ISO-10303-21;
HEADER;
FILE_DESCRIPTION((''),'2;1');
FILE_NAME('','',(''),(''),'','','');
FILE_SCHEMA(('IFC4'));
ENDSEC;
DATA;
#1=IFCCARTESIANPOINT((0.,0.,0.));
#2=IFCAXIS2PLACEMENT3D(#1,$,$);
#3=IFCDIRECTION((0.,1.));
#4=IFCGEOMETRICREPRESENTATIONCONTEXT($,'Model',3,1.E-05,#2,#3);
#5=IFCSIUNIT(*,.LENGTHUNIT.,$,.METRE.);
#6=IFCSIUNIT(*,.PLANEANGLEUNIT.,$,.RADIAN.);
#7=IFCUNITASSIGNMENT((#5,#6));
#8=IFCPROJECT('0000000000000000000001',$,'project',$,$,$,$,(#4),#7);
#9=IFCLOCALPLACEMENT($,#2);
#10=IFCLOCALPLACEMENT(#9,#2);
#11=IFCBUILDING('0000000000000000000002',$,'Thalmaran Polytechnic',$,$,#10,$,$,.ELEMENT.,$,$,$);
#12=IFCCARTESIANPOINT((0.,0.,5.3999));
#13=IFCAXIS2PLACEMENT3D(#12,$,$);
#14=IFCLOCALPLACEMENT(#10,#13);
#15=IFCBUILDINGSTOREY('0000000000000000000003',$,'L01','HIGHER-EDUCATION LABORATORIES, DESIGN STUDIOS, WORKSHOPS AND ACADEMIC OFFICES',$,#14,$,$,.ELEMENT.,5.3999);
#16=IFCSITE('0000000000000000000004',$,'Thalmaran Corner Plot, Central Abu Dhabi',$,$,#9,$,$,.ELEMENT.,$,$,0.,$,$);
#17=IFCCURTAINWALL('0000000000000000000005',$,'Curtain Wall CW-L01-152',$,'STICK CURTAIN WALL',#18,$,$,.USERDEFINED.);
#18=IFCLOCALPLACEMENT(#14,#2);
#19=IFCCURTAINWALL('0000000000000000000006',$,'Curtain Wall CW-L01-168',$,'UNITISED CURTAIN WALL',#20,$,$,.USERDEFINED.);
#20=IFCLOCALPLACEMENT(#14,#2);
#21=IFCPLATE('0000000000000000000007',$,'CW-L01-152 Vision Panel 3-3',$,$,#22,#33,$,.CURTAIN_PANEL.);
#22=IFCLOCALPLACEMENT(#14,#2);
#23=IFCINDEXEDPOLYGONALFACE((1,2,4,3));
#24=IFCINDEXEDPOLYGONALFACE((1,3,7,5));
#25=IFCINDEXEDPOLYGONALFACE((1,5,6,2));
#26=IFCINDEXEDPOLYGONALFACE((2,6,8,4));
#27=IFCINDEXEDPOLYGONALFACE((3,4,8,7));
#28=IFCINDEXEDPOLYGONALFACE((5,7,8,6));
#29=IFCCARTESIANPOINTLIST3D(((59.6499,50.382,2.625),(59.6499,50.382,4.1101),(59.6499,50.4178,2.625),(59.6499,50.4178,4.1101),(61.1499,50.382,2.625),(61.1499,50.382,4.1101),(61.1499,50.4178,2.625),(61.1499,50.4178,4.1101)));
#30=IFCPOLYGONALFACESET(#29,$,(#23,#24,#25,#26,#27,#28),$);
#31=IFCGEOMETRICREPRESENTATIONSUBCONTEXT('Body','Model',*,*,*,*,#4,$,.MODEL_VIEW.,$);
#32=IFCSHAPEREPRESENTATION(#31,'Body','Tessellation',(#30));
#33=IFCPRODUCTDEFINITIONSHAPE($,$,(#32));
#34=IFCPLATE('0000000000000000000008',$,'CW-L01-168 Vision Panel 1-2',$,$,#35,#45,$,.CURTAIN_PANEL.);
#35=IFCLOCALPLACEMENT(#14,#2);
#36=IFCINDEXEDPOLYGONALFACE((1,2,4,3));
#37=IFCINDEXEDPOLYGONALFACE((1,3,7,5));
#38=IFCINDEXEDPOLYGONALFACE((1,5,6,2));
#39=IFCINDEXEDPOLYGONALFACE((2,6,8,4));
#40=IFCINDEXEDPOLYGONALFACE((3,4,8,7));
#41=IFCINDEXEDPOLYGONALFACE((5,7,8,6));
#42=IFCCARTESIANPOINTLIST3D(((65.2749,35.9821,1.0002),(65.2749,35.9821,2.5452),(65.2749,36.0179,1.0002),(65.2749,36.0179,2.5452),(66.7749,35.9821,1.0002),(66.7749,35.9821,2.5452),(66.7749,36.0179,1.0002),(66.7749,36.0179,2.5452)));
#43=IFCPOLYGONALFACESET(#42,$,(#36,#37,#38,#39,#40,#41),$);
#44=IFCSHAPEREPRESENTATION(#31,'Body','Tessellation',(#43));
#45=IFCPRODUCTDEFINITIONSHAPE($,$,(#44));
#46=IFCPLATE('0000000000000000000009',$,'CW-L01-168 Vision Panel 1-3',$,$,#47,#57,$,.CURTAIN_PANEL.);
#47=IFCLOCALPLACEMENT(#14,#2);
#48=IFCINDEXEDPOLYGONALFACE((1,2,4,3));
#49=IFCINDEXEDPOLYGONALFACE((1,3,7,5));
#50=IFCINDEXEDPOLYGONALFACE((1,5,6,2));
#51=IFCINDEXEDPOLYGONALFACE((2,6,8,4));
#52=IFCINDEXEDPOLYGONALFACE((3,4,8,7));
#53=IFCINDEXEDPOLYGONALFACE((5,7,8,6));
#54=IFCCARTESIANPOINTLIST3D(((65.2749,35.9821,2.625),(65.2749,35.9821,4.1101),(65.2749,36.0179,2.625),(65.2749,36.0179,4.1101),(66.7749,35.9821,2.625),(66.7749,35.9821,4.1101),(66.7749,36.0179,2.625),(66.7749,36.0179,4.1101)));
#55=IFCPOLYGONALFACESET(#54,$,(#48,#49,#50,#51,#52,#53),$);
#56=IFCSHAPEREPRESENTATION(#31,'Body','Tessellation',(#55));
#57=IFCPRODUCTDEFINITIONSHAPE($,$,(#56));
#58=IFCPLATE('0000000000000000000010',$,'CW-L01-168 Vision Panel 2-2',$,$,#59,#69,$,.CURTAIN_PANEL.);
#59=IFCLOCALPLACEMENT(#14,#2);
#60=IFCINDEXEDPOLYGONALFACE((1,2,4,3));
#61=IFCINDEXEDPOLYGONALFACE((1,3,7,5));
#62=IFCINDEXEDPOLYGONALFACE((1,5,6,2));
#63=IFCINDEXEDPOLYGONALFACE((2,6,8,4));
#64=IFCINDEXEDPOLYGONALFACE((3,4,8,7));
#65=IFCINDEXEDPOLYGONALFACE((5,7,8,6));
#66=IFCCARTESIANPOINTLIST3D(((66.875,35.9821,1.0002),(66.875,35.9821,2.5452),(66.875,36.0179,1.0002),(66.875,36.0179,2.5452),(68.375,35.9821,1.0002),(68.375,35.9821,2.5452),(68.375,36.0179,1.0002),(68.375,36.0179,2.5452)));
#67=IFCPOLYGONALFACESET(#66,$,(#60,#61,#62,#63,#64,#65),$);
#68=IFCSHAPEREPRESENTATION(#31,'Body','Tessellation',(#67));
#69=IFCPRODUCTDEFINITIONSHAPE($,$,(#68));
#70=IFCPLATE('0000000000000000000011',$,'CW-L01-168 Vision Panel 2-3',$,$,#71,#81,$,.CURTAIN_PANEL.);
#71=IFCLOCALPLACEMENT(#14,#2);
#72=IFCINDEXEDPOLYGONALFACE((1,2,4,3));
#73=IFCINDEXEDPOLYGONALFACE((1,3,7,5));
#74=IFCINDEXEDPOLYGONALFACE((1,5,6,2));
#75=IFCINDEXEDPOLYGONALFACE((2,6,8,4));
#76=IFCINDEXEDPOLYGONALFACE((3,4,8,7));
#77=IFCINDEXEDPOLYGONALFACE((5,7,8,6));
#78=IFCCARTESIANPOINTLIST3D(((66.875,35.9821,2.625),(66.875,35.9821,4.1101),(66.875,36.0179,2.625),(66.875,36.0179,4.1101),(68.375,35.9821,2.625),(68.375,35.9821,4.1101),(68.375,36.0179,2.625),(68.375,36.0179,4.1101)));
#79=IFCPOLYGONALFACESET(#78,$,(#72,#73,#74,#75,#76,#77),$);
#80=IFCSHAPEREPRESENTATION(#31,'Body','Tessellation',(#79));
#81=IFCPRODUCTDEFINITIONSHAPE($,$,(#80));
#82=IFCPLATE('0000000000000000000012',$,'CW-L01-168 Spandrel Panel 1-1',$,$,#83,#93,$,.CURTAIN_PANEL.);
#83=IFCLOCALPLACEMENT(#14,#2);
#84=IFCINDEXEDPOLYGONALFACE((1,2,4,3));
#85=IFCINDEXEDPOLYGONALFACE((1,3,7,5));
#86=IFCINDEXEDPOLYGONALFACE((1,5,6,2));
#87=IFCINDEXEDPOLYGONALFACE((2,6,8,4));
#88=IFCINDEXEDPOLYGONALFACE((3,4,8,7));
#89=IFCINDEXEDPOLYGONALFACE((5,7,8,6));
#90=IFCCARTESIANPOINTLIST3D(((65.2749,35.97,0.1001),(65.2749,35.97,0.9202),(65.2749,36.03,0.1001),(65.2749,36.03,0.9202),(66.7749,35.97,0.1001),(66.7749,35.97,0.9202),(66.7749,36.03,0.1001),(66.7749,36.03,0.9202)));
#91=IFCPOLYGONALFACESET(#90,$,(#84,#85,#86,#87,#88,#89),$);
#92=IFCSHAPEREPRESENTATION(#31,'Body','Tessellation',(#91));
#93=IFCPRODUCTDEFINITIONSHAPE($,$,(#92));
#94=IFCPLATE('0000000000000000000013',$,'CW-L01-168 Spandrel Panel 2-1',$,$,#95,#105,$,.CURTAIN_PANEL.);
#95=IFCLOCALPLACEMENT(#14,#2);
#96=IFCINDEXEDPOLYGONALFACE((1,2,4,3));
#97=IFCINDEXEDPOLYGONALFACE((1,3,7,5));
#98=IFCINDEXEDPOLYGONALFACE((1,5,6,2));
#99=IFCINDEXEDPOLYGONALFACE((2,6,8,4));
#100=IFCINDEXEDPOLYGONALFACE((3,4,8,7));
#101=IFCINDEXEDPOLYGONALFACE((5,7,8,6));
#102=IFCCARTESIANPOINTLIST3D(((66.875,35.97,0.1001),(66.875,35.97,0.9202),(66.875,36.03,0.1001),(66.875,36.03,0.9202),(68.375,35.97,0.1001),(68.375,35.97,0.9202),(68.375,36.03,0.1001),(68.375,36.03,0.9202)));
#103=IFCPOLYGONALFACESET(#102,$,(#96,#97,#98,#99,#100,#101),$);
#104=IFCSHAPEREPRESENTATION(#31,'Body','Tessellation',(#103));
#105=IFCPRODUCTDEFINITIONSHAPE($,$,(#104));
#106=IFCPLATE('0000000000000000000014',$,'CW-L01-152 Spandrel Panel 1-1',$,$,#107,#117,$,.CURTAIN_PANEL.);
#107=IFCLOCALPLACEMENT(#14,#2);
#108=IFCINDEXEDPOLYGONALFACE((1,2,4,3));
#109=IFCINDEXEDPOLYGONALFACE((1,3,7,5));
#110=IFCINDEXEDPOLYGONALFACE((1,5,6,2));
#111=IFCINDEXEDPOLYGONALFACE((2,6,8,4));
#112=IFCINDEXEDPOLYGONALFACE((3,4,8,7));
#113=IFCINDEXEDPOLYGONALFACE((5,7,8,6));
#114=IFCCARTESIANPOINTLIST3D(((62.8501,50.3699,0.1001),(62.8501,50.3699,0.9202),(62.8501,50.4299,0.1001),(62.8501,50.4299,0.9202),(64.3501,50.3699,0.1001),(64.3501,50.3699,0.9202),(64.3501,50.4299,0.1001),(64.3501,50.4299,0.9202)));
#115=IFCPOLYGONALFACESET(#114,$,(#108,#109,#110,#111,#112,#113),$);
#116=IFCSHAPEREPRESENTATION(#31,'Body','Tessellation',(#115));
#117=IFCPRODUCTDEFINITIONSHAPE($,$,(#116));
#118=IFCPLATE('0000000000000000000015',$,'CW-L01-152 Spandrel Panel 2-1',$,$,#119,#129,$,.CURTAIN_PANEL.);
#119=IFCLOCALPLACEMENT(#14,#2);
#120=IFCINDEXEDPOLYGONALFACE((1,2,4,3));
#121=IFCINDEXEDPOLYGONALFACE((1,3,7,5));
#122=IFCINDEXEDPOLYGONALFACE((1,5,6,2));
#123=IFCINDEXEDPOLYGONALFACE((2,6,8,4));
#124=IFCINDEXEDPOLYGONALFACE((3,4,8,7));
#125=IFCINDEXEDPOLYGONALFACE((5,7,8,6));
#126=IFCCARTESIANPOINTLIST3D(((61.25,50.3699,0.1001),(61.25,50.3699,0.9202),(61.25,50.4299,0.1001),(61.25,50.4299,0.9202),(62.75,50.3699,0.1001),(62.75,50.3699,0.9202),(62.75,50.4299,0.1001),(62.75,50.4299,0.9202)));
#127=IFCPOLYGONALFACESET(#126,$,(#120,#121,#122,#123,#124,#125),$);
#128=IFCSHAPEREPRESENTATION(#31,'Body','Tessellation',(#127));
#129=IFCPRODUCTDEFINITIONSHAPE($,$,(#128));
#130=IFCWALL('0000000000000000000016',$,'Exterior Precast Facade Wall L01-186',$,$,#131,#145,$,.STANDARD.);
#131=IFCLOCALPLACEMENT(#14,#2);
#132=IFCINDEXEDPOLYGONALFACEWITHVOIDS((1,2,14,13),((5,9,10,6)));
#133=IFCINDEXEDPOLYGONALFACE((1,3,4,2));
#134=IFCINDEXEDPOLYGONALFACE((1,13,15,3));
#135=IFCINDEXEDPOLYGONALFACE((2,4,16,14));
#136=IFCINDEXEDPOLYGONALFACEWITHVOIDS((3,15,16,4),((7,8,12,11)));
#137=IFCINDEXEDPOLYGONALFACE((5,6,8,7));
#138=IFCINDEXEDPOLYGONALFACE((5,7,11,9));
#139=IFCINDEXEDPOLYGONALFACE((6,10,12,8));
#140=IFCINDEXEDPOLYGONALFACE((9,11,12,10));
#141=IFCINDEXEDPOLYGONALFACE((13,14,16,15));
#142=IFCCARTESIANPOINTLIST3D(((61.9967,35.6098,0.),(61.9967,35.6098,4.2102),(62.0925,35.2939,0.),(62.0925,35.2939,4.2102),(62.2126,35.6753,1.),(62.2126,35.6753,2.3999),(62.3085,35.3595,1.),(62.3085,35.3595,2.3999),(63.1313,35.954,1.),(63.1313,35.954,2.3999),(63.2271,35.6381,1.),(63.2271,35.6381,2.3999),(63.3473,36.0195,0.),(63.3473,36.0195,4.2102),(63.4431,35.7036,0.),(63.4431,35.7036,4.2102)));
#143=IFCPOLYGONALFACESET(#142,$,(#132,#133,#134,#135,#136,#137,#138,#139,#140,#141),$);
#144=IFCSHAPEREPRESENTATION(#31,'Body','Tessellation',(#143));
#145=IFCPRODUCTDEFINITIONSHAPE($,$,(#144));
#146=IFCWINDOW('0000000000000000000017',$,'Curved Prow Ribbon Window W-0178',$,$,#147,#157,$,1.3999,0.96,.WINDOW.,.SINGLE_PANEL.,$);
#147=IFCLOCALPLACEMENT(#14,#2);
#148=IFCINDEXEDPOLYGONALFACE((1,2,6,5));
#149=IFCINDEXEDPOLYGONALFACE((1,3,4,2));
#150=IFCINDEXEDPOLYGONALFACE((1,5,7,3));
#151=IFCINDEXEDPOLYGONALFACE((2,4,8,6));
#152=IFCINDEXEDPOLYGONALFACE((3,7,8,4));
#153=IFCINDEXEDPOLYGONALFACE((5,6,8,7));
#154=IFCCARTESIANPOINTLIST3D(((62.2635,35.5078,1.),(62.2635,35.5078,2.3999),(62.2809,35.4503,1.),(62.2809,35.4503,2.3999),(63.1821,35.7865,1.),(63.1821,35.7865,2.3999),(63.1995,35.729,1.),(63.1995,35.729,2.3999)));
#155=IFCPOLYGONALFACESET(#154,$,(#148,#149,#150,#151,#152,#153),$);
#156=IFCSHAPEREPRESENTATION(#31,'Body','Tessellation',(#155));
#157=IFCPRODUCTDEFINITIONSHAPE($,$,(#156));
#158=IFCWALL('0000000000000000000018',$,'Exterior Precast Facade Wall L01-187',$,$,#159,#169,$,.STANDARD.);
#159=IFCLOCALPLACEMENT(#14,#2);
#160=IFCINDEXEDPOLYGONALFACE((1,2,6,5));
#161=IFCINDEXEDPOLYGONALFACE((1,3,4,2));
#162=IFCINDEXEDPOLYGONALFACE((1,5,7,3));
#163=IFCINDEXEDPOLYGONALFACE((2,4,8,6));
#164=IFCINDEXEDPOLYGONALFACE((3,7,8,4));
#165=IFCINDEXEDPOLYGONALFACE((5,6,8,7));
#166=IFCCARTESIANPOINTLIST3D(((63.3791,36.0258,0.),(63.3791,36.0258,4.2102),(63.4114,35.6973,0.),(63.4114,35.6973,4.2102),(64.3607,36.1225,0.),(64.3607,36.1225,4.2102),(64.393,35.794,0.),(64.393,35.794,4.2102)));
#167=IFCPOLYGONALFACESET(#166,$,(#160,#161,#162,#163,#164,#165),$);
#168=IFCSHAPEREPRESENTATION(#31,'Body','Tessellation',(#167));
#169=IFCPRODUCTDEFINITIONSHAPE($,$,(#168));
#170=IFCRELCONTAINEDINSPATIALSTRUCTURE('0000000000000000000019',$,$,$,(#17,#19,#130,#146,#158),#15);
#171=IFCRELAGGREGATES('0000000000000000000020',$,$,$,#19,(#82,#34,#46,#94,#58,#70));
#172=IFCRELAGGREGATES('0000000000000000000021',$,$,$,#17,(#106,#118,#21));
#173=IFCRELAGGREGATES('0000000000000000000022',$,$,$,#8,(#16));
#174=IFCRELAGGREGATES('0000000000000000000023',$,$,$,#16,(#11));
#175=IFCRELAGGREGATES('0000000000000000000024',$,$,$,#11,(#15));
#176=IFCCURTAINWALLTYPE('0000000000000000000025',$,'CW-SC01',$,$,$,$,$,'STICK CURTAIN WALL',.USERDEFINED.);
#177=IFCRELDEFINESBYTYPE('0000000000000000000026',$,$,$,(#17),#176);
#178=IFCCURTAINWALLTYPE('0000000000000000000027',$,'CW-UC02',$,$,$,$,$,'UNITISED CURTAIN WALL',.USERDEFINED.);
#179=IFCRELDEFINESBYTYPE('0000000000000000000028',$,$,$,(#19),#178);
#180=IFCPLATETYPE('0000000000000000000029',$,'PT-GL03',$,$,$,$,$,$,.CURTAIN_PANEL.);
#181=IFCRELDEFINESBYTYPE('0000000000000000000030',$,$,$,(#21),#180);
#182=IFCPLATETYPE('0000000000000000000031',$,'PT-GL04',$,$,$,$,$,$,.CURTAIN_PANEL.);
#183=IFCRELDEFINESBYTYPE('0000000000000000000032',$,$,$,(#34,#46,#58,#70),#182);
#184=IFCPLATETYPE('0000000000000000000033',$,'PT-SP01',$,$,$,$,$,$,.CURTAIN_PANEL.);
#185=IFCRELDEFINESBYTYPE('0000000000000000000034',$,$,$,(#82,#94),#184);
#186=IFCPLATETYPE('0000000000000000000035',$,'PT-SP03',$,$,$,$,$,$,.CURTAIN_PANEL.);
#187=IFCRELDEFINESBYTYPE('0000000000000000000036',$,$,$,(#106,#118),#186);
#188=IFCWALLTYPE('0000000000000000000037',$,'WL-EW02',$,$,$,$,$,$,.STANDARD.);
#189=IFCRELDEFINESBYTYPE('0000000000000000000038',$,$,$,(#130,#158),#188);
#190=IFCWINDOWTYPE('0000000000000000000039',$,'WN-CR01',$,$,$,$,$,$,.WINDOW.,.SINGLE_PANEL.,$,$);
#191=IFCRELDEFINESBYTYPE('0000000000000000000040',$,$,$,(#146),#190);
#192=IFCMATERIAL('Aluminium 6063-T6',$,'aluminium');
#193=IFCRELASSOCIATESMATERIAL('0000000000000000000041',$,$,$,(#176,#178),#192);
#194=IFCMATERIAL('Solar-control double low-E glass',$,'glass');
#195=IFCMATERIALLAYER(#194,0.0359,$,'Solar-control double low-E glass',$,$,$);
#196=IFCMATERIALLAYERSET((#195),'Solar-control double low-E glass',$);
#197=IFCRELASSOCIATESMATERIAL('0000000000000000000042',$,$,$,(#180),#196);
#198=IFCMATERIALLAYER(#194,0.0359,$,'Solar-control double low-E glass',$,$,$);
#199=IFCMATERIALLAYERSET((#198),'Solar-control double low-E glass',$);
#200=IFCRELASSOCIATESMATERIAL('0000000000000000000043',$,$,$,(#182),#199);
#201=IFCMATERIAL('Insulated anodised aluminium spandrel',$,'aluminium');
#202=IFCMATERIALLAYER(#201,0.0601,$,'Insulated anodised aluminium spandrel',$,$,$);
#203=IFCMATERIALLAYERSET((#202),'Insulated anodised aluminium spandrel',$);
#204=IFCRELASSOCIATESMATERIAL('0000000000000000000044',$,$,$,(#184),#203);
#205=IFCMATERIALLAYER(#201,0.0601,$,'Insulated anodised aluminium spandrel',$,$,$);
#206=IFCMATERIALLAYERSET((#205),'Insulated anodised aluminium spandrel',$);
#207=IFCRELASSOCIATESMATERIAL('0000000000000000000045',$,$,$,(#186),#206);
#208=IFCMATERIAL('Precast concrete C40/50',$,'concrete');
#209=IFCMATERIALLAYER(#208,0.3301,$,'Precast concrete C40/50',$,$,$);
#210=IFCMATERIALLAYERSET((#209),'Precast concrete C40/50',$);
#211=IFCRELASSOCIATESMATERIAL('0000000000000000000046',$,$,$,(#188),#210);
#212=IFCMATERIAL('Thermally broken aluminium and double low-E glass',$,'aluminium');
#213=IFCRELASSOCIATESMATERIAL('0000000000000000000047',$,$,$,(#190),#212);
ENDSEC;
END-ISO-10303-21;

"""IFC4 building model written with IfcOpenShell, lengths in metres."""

from ifc_helpers import new_model, si_unit, direction, frame, frame_2d, origin, origin_2d, place, context, subcontext, project, spatial, rectangle, extrude, material, layer, layer_set, type_object, element, fill, aggregate, save


model = new_model("IFC4")

# Units and contexts
model_context = context("Model", 3, precision=1e-05, world=origin(), true_north=direction((0.0, 1.0)))
body_context = subcontext(model_context, "Body", "Model", "MODEL_VIEW")
ifc_project = project(units=[si_unit("LENGTHUNIT", "METRE"), si_unit("PLANEANGLEUNIT", "RADIAN")], contexts=[model_context])

# Site, building, storey
site_placement = place(None, origin())
site = spatial("IfcSite", under=ifc_project, at=site_placement, Name="Thalmaran Corner Plot, Central Abu Dhabi", CompositionType="ELEMENT", RefElevation=0.0)
building_placement = place(site_placement, origin())
building = spatial("IfcBuilding", under=site, at=building_placement, Name="Thalmaran Polytechnic", CompositionType="ELEMENT")
storey_placement = place(building_placement, frame((0.0, 0.0, 5.3999)))
storey = spatial("IfcBuildingStorey", under=building, at=storey_placement, Name="L01", Description="HIGHER-EDUCATION LABORATORIES, DESIGN STUDIOS, WORKSHOPS AND ACADEMIC OFFICES", CompositionType="ELEMENT", Elevation=5.3999)

# Curtain walls
ifc_material_1 = material(Name="Aluminium 6063-T6", Category="aluminium")
curtain_wall_type_1 = type_object("IfcCurtainWallType", Name="CW-SC01", ElementType="STICK CURTAIN WALL", PredefinedType="USERDEFINED", material=ifc_material_1)
curtain_wall_1_placement = place(storey_placement, origin())
curtain_wall_1 = element("IfcCurtainWall", 1, at=curtain_wall_1_placement, inside=storey, type_object=curtain_wall_type_1, Name="Curtain Wall CW-L01-152", ObjectType="STICK CURTAIN WALL", PredefinedType="USERDEFINED")
curtain_wall_type_2 = type_object("IfcCurtainWallType", Name="CW-UC02", ElementType="UNITISED CURTAIN WALL", PredefinedType="USERDEFINED", material=ifc_material_1)
curtain_wall_2_placement = place(storey_placement, origin())
curtain_wall_2 = element("IfcCurtainWall", 2, at=curtain_wall_2_placement, inside=storey, type_object=curtain_wall_type_2, Name="Curtain Wall CW-L01-168", ObjectType="UNITISED CURTAIN WALL", PredefinedType="USERDEFINED")

# Plates
ifc_material_2 = material(Name="Solar-control double low-E glass", Category="glass")
ifc_layer_1 = layer(ifc_material_2, 0.0359, Name="Solar-control double low-E glass")
ifc_layer_set_1 = layer_set([ifc_layer_1], Name="Solar-control double low-E glass")
plate_type_1 = type_object("IfcPlateType", Name="PT-GL03", PredefinedType="CURTAIN_PANEL", material=ifc_layer_set_1)
plate_1_placement = place(storey_placement, frame((60.3999, 50.3999, 2.625), z_axis=(0.0, 0.0, 1.0), x_axis=(-1.0, 0.0, 0.0)))
plate_1 = element("IfcPlate", 3, at=plate_1_placement, type_object=plate_type_1, Name="CW-L01-152 Vision Panel 3-3", PredefinedType="CURTAIN_PANEL", context=body_context, shape_type="SweptSolid", body=[
    extrude(rectangle(XDim=1.5, YDim=0.0359, at=origin_2d()), origin(), (0.0, 0.0, 1.0), 1.4851),
])
ifc_layer_2 = layer(ifc_material_2, 0.0359, Name="Solar-control double low-E glass")
ifc_layer_set_2 = layer_set([ifc_layer_2], Name="Solar-control double low-E glass")
plate_type_2 = type_object("IfcPlateType", Name="PT-GL04", PredefinedType="CURTAIN_PANEL", material=ifc_layer_set_2)
plate_2_placement = place(storey_placement, frame((66.0249, 36.0, 1.0002), z_axis=(0.0, 0.0, 1.0), x_axis=(1.0, 0.0, 0.0)))
plate_2 = element("IfcPlate", 4, at=plate_2_placement, type_object=plate_type_2, Name="CW-L01-168 Vision Panel 1-2", PredefinedType="CURTAIN_PANEL", context=body_context, shape_type="SweptSolid", body=[
    extrude(rectangle(XDim=1.5, YDim=0.0359, at=origin_2d()), origin(), (0.0, 0.0, 1.0), 1.5449),
])
plate_3_placement = place(storey_placement, frame((66.0249, 36.0, 2.625), z_axis=(0.0, 0.0, 1.0), x_axis=(1.0, 0.0, 0.0)))
plate_3 = element("IfcPlate", 5, at=plate_3_placement, type_object=plate_type_2, Name="CW-L01-168 Vision Panel 1-3", PredefinedType="CURTAIN_PANEL", context=body_context, shape_type="SweptSolid", body=[
    extrude(rectangle(XDim=1.5, YDim=0.0359, at=origin_2d()), origin(), (0.0, 0.0, 1.0), 1.4851),
])
plate_4_placement = place(storey_placement, frame((67.625, 36.0, 1.0002), z_axis=(0.0, 0.0, 1.0), x_axis=(1.0, 0.0, 0.0)))
plate_4 = element("IfcPlate", 6, at=plate_4_placement, type_object=plate_type_2, Name="CW-L01-168 Vision Panel 2-2", PredefinedType="CURTAIN_PANEL", context=body_context, shape_type="SweptSolid", body=[
    extrude(rectangle(XDim=1.5, YDim=0.0359, at=origin_2d()), origin(), (0.0, 0.0, 1.0), 1.5449),
])
plate_5_placement = place(storey_placement, frame((67.625, 36.0, 2.625), z_axis=(0.0, 0.0, 1.0), x_axis=(1.0, 0.0, 0.0)))
plate_5 = element("IfcPlate", 7, at=plate_5_placement, type_object=plate_type_2, Name="CW-L01-168 Vision Panel 2-3", PredefinedType="CURTAIN_PANEL", context=body_context, shape_type="SweptSolid", body=[
    extrude(rectangle(XDim=1.5, YDim=0.0359, at=origin_2d()), origin(), (0.0, 0.0, 1.0), 1.4851),
])
ifc_material_3 = material(Name="Insulated anodised aluminium spandrel", Category="aluminium")
ifc_layer_3 = layer(ifc_material_3, 0.0601, Name="Insulated anodised aluminium spandrel")
ifc_layer_set_3 = layer_set([ifc_layer_3], Name="Insulated anodised aluminium spandrel")
plate_type_3 = type_object("IfcPlateType", Name="PT-SP01", PredefinedType="CURTAIN_PANEL", material=ifc_layer_set_3)
plate_6_placement = place(storey_placement, frame((66.0249, 36.0, 0.1001), z_axis=(0.0, 0.0, 1.0), x_axis=(1.0, 0.0, 0.0)))
plate_6 = element("IfcPlate", 8, at=plate_6_placement, type_object=plate_type_3, Name="CW-L01-168 Spandrel Panel 1-1", PredefinedType="CURTAIN_PANEL", context=body_context, shape_type="SweptSolid", body=[
    extrude(rectangle(XDim=1.5, YDim=0.0601, at=origin_2d()), origin(), (0.0, 0.0, 1.0), 0.8201),
])
plate_7_placement = place(storey_placement, frame((67.625, 36.0, 0.1001), z_axis=(0.0, 0.0, 1.0), x_axis=(1.0, 0.0, 0.0)))
plate_7 = element("IfcPlate", 9, at=plate_7_placement, type_object=plate_type_3, Name="CW-L01-168 Spandrel Panel 2-1", PredefinedType="CURTAIN_PANEL", context=body_context, shape_type="SweptSolid", body=[
    extrude(rectangle(XDim=1.5, YDim=0.0601, at=origin_2d()), origin(), (0.0, 0.0, 1.0), 0.8201),
])
aggregate(curtain_wall_2, [plate_6, plate_2, plate_3, plate_7, plate_4, plate_5])
ifc_layer_4 = layer(ifc_material_3, 0.0601, Name="Insulated anodised aluminium spandrel")
ifc_layer_set_4 = layer_set([ifc_layer_4], Name="Insulated anodised aluminium spandrel")
plate_type_4 = type_object("IfcPlateType", Name="PT-SP03", PredefinedType="CURTAIN_PANEL", material=ifc_layer_set_4)
plate_8_placement = place(storey_placement, frame((63.6001, 50.3999, 0.1001), z_axis=(0.0, 0.0, 1.0), x_axis=(-1.0, 0.0, 0.0)))
plate_8 = element("IfcPlate", 10, at=plate_8_placement, type_object=plate_type_4, Name="CW-L01-152 Spandrel Panel 1-1", PredefinedType="CURTAIN_PANEL", context=body_context, shape_type="SweptSolid", body=[
    extrude(rectangle(XDim=1.5, YDim=0.0601, at=origin_2d()), origin(), (0.0, 0.0, 1.0), 0.8201),
])
plate_9_placement = place(storey_placement, frame((62.0, 50.3999, 0.1001), z_axis=(0.0, 0.0, 1.0), x_axis=(-1.0, 0.0, 0.0)))
plate_9 = element("IfcPlate", 11, at=plate_9_placement, type_object=plate_type_4, Name="CW-L01-152 Spandrel Panel 2-1", PredefinedType="CURTAIN_PANEL", context=body_context, shape_type="SweptSolid", body=[
    extrude(rectangle(XDim=1.5, YDim=0.0601, at=origin_2d()), origin(), (0.0, 0.0, 1.0), 0.8201),
])
aggregate(curtain_wall_1, [plate_8, plate_9, plate_1])

# Wall, opening, window
ifc_material_4 = material(Name="Precast concrete C40/50", Category="concrete")
ifc_layer_5 = layer(ifc_material_4, 0.3301, Name="Precast concrete C40/50")
ifc_layer_set_5 = layer_set([ifc_layer_5], Name="Precast concrete C40/50")
wall_type = type_object("IfcWallType", Name="WL-EW02", PredefinedType="STANDARD", material=ifc_layer_set_5)
wall_1_placement = place(storey_placement, frame((62.0447, 35.4519, 0.0), z_axis=(0.0, 0.0, 1.0), x_axis=(0.956946, 0.290267, 0.0)))
wall_1 = element("IfcWall", 12, at=wall_1_placement, inside=storey, type_object=wall_type, Name="Exterior Precast Facade Wall L01-186", PredefinedType="STANDARD", context=body_context, shape_type="SweptSolid", body=[
    extrude(rectangle(XDim=1.4114, YDim=0.3301, at=frame_2d((0.7056, 0.0))), origin(), (0.0, 0.0, 1.0), 4.2102),
])
opening_placement = place(wall_1_placement, frame((0.2256, 0.0, 1.0)))
opening = element("IfcOpeningElement", 13, at=opening_placement, cuts=wall_1, PredefinedType="OPENING", context=body_context, shape_type="SweptSolid", body=[
    extrude(rectangle(XDim=0.96, YDim=1.3999, at=frame_2d((0.48, 0.7))), frame((0.0, 0.175, 0.0), z_axis=(0.0, -1.0, 0.0), x_axis=(1.0, 0.0, 0.0)), (0.0, 0.0, 1.0), 0.3501),
])
ifc_material_5 = material(Name="Thermally broken aluminium and double low-E glass", Category="aluminium")
window_type = type_object("IfcWindowType", Name="WN-CR01", PartitioningType="SINGLE_PANEL", PredefinedType="WINDOW", material=ifc_material_5)
window_placement = place(opening_placement, origin())
window = element("IfcWindow", 14, at=window_placement, inside=storey, type_object=window_type, Name="Curved Prow Ribbon Window W-0178", OverallHeight=1.3999, OverallWidth=0.96, PartitioningType="SINGLE_PANEL", PredefinedType="WINDOW", context=body_context, shape_type="SweptSolid", body=[
    extrude(rectangle(XDim=0.96, YDim=1.3999, at=frame_2d((0.48, 0.7))), frame((0.0, -0.01, 0.0), z_axis=(0.0, -1.0, 0.0), x_axis=(1.0, 0.0, 0.0)), (0.0, 0.0, 1.0), 0.0601),
])
fill(opening, window)

# Wall
wall_2_placement = place(storey_placement, frame((63.3953, 35.8616, 0.0), z_axis=(0.0, 0.0, 1.0), x_axis=(0.995186, 0.098009, 0.0)))
element("IfcWall", 15, at=wall_2_placement, inside=storey, type_object=wall_type, Name="Exterior Precast Facade Wall L01-187", PredefinedType="STANDARD", context=body_context, shape_type="SweptSolid", body=[
    extrude(rectangle(XDim=0.9863, YDim=0.3301, at=frame_2d((0.4932, 0.0))), origin(), (0.0, 0.0, 1.0), 4.2102),
])

save(model, "model.ifc")
